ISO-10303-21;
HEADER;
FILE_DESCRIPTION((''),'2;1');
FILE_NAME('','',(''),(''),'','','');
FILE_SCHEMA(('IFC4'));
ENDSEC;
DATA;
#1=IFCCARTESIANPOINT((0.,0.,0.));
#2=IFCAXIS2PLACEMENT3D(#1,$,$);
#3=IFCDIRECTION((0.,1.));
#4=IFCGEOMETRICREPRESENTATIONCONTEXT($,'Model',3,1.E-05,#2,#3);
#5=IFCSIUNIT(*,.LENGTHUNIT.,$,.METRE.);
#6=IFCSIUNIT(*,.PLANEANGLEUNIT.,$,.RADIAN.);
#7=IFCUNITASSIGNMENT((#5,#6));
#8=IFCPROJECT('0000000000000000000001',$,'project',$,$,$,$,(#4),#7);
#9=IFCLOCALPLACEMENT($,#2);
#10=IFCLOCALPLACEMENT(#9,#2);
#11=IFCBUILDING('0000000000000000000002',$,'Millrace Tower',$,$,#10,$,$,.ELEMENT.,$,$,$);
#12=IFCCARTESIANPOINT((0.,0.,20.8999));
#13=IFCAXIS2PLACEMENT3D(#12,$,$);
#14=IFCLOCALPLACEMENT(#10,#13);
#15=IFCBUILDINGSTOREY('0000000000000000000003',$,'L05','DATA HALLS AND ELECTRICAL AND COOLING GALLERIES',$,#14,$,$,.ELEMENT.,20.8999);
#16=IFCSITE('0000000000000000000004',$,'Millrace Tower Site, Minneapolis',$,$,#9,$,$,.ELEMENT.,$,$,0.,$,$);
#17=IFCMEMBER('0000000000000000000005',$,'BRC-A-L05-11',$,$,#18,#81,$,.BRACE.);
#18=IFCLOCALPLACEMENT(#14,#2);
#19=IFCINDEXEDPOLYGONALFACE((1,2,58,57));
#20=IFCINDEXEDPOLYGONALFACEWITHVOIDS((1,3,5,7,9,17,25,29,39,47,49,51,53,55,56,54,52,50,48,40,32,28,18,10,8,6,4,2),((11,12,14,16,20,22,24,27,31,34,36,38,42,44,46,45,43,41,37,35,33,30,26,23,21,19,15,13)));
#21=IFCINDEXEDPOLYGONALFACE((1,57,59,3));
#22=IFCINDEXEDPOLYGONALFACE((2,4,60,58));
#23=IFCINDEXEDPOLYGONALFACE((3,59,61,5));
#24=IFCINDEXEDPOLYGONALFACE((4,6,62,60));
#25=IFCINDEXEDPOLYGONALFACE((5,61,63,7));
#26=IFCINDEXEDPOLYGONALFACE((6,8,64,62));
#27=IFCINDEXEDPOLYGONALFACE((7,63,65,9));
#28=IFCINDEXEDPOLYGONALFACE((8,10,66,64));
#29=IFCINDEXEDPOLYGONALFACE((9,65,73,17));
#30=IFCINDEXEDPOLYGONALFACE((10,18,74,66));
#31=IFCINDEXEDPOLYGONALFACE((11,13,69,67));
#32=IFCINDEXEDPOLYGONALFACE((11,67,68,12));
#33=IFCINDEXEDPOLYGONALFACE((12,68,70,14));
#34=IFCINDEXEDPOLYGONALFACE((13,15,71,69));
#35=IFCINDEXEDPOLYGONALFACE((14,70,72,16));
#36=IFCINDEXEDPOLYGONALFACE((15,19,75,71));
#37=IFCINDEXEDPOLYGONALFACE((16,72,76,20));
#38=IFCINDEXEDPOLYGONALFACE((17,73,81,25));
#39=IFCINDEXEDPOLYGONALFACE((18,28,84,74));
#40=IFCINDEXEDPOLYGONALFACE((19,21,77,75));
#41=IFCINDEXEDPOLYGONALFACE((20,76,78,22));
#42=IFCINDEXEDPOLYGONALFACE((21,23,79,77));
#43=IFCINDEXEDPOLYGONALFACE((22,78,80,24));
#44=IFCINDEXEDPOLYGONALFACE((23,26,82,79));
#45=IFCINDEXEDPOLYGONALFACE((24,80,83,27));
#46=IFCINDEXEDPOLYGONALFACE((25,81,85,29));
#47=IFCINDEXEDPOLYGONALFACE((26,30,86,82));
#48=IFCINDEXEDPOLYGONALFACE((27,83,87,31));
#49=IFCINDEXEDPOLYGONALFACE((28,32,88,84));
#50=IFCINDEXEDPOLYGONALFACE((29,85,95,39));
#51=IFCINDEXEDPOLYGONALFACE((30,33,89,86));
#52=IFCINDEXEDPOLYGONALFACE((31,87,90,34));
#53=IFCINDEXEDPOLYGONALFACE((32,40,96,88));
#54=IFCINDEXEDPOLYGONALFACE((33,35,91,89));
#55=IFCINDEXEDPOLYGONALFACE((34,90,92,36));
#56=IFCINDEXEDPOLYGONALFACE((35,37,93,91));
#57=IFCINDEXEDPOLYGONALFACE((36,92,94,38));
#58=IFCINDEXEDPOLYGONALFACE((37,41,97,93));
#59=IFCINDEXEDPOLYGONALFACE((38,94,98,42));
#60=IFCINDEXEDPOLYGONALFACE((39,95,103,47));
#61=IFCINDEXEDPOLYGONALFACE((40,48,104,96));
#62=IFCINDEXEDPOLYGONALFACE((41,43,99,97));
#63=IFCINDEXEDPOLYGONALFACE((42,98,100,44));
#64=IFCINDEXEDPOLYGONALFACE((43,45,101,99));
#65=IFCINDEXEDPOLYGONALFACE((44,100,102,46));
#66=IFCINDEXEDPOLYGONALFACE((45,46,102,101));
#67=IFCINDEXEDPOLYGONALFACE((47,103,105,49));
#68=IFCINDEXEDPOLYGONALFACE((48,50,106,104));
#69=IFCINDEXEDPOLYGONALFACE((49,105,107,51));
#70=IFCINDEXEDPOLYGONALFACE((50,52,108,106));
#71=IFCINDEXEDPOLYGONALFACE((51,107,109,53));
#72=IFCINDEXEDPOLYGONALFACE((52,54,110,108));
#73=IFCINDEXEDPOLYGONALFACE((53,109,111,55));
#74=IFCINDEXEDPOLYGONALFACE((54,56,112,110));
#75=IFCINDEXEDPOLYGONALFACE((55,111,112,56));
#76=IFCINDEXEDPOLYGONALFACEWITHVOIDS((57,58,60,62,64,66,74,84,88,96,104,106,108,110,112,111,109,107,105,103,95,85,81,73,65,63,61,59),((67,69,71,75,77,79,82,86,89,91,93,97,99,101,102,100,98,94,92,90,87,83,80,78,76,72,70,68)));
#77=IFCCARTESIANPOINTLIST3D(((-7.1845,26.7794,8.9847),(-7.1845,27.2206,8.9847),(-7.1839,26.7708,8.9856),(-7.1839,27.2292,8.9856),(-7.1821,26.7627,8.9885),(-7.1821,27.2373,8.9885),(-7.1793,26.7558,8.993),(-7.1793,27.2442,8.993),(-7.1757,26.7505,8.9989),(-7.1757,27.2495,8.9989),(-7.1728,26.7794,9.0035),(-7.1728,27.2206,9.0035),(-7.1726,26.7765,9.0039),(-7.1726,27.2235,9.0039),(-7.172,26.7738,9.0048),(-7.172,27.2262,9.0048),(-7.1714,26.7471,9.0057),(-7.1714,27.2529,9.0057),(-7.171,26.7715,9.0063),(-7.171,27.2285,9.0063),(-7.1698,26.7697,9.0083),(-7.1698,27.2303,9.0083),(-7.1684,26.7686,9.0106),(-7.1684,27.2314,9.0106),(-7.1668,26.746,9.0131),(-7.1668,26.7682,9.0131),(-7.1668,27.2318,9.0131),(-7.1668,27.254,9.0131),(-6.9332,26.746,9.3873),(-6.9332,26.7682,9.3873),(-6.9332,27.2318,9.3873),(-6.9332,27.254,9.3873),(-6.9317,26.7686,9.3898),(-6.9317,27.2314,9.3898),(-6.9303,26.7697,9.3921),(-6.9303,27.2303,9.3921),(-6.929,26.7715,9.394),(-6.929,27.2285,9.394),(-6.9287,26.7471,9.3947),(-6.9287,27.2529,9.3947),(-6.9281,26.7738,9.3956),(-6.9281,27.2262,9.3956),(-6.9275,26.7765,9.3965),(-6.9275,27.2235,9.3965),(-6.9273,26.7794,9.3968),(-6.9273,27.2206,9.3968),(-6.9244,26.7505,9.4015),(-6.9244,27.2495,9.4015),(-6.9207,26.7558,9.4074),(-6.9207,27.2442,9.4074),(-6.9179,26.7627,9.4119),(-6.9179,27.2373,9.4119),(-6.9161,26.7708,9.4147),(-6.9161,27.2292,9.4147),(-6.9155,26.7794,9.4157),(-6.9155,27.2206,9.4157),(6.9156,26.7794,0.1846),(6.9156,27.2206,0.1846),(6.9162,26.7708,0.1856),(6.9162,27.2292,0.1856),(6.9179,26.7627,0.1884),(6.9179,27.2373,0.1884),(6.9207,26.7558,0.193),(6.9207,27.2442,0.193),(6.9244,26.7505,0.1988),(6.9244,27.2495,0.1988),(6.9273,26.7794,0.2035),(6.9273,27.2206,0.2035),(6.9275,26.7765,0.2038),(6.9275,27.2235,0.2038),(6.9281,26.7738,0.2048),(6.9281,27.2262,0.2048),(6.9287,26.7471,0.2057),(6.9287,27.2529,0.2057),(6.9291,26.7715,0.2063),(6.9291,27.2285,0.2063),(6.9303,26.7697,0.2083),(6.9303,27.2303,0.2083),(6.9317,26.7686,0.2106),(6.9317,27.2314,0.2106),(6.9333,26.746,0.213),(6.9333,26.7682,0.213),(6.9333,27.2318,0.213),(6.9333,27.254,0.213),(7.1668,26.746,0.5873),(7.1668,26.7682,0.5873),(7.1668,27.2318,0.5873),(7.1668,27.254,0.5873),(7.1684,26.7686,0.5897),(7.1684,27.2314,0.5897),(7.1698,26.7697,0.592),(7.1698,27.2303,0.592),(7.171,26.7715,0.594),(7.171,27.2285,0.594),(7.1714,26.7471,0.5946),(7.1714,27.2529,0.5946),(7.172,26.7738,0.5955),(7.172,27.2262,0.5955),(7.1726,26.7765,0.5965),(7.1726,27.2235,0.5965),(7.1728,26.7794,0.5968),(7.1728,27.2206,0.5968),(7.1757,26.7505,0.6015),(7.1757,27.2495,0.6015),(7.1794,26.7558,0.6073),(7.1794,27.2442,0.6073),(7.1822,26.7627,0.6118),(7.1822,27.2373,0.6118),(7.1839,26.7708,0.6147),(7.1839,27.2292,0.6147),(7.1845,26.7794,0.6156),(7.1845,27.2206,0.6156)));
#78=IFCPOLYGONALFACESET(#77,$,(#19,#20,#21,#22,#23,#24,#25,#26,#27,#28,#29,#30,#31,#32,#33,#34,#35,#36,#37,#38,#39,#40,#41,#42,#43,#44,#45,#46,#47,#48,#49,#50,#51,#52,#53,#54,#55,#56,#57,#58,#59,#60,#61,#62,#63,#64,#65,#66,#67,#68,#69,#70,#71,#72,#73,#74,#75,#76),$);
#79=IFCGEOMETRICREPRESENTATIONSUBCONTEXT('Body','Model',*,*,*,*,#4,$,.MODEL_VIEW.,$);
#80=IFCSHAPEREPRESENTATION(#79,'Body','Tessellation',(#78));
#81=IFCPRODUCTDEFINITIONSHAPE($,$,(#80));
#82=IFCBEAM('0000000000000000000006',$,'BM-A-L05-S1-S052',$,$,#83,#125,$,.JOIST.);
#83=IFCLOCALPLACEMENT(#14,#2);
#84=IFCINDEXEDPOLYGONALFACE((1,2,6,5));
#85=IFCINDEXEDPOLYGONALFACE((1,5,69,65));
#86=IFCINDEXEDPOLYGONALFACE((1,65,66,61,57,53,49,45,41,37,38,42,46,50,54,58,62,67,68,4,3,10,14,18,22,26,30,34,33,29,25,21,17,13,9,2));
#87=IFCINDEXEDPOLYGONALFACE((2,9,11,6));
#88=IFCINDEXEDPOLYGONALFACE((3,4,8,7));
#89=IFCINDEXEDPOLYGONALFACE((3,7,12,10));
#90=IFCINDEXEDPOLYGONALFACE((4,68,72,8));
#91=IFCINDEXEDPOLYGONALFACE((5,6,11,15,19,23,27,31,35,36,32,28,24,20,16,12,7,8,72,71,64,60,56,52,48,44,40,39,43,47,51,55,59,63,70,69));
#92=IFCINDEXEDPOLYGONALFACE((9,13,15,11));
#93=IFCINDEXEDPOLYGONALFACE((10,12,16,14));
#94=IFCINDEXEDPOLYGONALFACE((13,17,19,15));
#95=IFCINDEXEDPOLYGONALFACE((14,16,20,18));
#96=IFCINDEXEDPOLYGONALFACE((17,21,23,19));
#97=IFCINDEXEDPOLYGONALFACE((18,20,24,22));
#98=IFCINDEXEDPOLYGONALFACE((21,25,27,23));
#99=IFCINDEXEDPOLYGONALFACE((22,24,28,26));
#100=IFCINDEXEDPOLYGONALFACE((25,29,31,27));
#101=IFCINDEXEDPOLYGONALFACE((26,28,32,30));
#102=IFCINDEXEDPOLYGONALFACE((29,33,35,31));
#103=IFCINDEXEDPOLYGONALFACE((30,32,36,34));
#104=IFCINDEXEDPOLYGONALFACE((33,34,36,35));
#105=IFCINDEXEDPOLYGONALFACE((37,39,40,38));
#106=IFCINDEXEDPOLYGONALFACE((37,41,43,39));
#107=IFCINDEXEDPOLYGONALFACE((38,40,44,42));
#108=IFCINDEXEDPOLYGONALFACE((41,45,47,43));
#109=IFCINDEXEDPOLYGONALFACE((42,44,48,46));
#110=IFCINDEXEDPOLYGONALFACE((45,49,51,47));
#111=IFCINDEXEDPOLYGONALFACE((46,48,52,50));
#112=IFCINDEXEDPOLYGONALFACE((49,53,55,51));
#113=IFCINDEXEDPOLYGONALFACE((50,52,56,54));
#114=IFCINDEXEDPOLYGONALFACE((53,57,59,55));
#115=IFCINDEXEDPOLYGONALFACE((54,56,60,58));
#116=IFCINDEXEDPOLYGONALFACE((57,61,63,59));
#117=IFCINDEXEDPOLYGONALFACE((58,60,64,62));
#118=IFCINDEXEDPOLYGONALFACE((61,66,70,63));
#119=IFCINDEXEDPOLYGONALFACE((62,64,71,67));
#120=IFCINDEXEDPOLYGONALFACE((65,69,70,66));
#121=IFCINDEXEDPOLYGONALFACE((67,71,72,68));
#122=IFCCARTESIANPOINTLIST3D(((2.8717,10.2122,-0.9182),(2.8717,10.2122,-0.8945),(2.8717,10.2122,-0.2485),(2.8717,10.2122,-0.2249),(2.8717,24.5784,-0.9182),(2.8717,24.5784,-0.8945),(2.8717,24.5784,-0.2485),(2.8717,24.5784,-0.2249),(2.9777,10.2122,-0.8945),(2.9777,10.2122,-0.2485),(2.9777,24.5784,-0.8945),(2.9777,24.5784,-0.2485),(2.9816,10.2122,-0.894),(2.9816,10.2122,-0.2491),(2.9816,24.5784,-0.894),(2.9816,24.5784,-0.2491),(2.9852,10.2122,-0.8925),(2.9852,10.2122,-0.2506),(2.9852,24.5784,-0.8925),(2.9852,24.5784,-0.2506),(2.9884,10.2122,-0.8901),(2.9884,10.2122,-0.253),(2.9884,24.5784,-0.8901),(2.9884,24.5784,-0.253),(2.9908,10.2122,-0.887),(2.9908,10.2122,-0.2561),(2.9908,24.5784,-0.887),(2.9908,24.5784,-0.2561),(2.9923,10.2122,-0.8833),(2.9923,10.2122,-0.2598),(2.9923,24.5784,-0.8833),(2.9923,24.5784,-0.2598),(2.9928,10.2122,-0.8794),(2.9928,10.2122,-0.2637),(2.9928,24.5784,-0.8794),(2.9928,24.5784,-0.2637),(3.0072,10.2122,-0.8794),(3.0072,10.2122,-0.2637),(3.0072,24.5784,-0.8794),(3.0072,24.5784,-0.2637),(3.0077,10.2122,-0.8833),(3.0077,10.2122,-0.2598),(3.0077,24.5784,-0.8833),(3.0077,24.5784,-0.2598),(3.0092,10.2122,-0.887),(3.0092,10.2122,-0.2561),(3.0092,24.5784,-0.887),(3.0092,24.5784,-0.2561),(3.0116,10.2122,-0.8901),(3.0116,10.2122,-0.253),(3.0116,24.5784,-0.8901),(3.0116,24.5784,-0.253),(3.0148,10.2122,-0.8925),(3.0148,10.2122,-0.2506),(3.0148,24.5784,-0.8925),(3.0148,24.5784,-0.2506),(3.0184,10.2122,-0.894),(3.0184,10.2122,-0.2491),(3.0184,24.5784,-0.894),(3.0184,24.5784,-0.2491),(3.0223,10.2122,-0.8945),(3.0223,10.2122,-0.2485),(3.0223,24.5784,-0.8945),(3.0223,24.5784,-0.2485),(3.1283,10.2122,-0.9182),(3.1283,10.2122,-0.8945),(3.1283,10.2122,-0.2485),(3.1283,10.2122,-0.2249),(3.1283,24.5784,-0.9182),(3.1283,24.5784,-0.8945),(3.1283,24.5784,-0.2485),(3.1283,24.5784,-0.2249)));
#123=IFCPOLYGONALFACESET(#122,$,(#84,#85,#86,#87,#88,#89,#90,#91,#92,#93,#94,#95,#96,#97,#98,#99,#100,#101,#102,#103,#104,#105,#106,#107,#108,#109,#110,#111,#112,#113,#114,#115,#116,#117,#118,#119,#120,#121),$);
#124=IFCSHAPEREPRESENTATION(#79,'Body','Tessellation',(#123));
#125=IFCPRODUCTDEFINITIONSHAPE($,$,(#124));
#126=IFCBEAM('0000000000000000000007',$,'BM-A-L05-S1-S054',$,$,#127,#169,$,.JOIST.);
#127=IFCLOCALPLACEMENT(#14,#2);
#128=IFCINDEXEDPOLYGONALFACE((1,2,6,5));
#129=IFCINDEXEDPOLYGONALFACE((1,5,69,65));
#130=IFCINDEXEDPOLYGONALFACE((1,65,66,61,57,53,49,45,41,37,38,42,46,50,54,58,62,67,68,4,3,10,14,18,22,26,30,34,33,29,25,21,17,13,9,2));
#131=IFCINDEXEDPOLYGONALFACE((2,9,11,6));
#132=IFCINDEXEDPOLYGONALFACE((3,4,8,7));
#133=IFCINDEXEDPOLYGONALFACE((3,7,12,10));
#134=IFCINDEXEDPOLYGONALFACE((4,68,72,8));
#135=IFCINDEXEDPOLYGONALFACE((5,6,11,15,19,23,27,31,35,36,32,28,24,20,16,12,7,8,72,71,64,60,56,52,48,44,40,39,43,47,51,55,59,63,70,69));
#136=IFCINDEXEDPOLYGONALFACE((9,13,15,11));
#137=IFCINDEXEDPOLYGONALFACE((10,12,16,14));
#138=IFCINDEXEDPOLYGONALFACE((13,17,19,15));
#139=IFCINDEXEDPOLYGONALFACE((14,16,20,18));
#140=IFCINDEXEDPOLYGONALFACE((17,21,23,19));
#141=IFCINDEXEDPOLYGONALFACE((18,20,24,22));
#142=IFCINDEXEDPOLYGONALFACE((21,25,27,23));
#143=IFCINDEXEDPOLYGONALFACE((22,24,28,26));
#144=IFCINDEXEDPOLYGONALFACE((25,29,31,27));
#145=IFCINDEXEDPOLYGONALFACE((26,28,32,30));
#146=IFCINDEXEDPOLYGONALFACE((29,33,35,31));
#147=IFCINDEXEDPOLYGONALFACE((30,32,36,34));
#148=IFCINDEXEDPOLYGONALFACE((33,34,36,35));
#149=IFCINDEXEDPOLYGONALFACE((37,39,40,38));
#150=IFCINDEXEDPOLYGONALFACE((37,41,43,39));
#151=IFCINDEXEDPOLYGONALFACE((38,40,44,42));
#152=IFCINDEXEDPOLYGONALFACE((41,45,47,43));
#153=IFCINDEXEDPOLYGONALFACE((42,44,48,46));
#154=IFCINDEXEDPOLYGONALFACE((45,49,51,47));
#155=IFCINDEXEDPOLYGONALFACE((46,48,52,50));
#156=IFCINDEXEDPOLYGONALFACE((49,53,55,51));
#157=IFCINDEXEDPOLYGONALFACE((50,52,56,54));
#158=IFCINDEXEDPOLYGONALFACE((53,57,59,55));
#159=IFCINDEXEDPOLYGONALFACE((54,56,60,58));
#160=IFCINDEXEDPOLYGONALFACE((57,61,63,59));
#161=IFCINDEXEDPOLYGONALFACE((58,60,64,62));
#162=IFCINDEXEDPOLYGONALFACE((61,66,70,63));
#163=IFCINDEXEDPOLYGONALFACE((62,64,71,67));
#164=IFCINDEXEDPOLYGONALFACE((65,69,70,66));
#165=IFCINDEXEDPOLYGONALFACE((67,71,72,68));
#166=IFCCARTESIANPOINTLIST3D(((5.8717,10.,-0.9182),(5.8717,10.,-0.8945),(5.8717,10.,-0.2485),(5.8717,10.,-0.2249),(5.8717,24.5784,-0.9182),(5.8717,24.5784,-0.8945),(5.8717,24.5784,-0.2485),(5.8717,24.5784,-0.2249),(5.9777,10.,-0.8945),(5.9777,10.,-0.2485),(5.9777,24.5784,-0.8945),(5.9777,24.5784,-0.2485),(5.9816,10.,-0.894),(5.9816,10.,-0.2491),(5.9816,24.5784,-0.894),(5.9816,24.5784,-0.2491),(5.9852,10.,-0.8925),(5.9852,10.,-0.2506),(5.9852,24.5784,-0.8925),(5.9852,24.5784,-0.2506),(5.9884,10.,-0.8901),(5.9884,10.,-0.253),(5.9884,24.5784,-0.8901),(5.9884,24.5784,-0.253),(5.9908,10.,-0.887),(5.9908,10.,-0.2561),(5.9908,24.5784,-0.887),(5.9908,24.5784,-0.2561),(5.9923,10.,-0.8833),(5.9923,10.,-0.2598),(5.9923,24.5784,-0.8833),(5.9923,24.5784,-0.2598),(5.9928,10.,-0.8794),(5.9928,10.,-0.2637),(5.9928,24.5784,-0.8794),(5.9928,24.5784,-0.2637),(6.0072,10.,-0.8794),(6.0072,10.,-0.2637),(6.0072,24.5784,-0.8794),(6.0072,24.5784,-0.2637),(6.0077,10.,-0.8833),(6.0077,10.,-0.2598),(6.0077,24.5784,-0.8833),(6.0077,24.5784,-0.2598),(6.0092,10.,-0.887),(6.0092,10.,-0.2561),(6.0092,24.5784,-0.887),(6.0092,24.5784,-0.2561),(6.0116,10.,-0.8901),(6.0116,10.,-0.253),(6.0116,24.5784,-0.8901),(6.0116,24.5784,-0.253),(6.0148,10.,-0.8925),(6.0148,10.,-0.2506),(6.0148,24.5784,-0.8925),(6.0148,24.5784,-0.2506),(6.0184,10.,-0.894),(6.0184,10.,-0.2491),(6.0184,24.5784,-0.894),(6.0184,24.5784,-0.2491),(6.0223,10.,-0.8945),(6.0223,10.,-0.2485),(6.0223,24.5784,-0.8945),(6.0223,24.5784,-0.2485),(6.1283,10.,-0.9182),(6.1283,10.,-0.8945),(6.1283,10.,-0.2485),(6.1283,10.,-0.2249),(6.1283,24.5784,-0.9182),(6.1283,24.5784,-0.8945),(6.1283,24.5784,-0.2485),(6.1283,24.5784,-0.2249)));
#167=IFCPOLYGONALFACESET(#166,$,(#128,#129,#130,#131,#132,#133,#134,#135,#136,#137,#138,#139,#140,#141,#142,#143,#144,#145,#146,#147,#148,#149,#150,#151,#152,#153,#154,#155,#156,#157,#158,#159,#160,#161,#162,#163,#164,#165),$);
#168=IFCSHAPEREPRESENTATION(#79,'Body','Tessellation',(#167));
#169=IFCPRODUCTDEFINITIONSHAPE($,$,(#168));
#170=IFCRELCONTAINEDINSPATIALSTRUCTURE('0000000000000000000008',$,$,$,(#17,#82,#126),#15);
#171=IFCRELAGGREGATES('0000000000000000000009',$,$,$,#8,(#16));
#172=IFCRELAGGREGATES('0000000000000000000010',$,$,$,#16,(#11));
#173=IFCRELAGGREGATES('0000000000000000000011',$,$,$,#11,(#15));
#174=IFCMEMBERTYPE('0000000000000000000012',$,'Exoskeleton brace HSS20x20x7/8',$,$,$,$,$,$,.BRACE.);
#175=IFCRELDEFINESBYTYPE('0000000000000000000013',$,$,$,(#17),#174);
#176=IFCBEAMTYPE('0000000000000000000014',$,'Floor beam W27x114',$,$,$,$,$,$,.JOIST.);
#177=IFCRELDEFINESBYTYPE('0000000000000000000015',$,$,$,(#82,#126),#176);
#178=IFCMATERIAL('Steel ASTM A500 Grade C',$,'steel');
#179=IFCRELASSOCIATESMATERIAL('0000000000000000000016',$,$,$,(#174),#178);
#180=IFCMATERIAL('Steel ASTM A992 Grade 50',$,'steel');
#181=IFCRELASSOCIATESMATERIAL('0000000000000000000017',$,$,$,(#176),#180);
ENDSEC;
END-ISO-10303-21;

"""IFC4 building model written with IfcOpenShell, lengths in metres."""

from ifc_helpers import new_model, si_unit, direction, frame, origin, origin_2d, place, context, subcontext, project, spatial, hollow_rectangle, i_section, extrude, material, material_profile, profile_set, type_object, element, save


model = new_model("IFC4")

# Units and contexts
model_context = context("Model", 3, precision=1e-05, world=origin(), true_north=direction((0.0, 1.0)))
body_context = subcontext(model_context, "Body", "Model", "MODEL_VIEW")
ifc_project = project(units=[si_unit("LENGTHUNIT", "METRE"), si_unit("PLANEANGLEUNIT", "RADIAN")], contexts=[model_context])

# Site, building, storey
site_placement = place(None, origin())
site = spatial("IfcSite", under=ifc_project, at=site_placement, Name="Millrace Tower Site, Minneapolis", CompositionType="ELEMENT", RefElevation=0.0)
building_placement = place(site_placement, origin())
building = spatial("IfcBuilding", under=site, at=building_placement, Name="Millrace Tower", CompositionType="ELEMENT")
storey_placement = place(building_placement, frame((0.0, 0.0, 20.8999)))
storey = spatial("IfcBuildingStorey", under=building, at=storey_placement, Name="L05", Description="DATA HALLS AND ELECTRICAL AND COOLING GALLERIES", CompositionType="ELEMENT", Elevation=20.8999)

# Member
ifc_material_1 = material(Name="Steel ASTM A500 Grade C", Category="steel")
ifc_material_profile_1 = material_profile(ifc_material_1, hollow_rectangle(XDim=0.5081, YDim=0.5081, WallThickness=0.0222, InnerFilletRadius=0.0112, OuterFilletRadius=0.0334, at=origin_2d()))
ifc_profile_set_1 = profile_set([ifc_material_profile_1], Name="Steel ASTM A500 Grade C")
member_type_1 = type_object("IfcMemberType", Name="Exoskeleton brace HSS20x20x7/8", PredefinedType="BRACE", material=ifc_profile_set_1)
member_1_placement = place(storey_placement, frame((7.05, 27.0, 0.4001), z_axis=(-0.848336, 0.0, 0.529457), x_axis=(0.0, -1.0, 0.0)))
element("IfcMember", 1, at=member_1_placement, inside=storey, type_object=member_type_1, Name="BRC-A-L05-11", PredefinedType="BRACE", context=body_context, shape_type="SweptSolid", body=[
    extrude(hollow_rectangle(XDim=0.5081, YDim=0.5081, WallThickness=0.0222, InnerFilletRadius=0.0112, OuterFilletRadius=0.0334, at=origin_2d()), origin(), (0.0, 0.0, 1.0), 16.6208),
])

# Beams
ifc_material_2 = material(Name="Steel ASTM A992 Grade 50", Category="steel")
ifc_material_profile_2 = material_profile(ifc_material_2, i_section(OverallWidth=0.2566, OverallDepth=0.6934, WebThickness=0.0144, FlangeThickness=0.0237, FilletRadius=0.0151, at=origin_2d()))
ifc_profile_set_2 = profile_set([ifc_material_profile_2], Name="Steel ASTM A992 Grade 50")
beam_type_1 = type_object("IfcBeamType", Name="Floor beam W27x114", PredefinedType="JOIST", material=ifc_profile_set_2)
beam_1_placement = place(storey_placement, frame((3.0, 10.2122, -0.5715), z_axis=(0.0, 1.0, 0.0), x_axis=(-1.0, 0.0, 0.0)))
element("IfcBeam", 2, at=beam_1_placement, inside=storey, type_object=beam_type_1, Name="BM-A-L05-S1-S052", PredefinedType="JOIST", context=body_context, shape_type="SweptSolid", body=[
    extrude(i_section(OverallWidth=0.2566, OverallDepth=0.6934, WebThickness=0.0144, FlangeThickness=0.0237, FilletRadius=0.0151, at=origin_2d()), origin(), (0.0, 0.0, 1.0), 14.3662),
])
for number, where, z_axis, x_axis, name in (
    (3, (6.0, 10.0, -0.5715), (0.0, 1.0, 0.0), (-1.0, 0.0, 0.0), "BM-A-L05-S1-S054"),
):
    element("IfcBeam", number, at=place(storey_placement, frame(where, z_axis=z_axis, x_axis=x_axis)), inside=storey, type_object=beam_type_1, Name=name, PredefinedType="JOIST", context=body_context, shape_type="SweptSolid", body=[
        extrude(i_section(OverallWidth=0.2566, OverallDepth=0.6934, WebThickness=0.0144, FlangeThickness=0.0237, FilletRadius=0.0151, at=origin_2d()), origin(), (0.0, 0.0, 1.0), 14.5784),
    ])

save(model, "model.ifc")
